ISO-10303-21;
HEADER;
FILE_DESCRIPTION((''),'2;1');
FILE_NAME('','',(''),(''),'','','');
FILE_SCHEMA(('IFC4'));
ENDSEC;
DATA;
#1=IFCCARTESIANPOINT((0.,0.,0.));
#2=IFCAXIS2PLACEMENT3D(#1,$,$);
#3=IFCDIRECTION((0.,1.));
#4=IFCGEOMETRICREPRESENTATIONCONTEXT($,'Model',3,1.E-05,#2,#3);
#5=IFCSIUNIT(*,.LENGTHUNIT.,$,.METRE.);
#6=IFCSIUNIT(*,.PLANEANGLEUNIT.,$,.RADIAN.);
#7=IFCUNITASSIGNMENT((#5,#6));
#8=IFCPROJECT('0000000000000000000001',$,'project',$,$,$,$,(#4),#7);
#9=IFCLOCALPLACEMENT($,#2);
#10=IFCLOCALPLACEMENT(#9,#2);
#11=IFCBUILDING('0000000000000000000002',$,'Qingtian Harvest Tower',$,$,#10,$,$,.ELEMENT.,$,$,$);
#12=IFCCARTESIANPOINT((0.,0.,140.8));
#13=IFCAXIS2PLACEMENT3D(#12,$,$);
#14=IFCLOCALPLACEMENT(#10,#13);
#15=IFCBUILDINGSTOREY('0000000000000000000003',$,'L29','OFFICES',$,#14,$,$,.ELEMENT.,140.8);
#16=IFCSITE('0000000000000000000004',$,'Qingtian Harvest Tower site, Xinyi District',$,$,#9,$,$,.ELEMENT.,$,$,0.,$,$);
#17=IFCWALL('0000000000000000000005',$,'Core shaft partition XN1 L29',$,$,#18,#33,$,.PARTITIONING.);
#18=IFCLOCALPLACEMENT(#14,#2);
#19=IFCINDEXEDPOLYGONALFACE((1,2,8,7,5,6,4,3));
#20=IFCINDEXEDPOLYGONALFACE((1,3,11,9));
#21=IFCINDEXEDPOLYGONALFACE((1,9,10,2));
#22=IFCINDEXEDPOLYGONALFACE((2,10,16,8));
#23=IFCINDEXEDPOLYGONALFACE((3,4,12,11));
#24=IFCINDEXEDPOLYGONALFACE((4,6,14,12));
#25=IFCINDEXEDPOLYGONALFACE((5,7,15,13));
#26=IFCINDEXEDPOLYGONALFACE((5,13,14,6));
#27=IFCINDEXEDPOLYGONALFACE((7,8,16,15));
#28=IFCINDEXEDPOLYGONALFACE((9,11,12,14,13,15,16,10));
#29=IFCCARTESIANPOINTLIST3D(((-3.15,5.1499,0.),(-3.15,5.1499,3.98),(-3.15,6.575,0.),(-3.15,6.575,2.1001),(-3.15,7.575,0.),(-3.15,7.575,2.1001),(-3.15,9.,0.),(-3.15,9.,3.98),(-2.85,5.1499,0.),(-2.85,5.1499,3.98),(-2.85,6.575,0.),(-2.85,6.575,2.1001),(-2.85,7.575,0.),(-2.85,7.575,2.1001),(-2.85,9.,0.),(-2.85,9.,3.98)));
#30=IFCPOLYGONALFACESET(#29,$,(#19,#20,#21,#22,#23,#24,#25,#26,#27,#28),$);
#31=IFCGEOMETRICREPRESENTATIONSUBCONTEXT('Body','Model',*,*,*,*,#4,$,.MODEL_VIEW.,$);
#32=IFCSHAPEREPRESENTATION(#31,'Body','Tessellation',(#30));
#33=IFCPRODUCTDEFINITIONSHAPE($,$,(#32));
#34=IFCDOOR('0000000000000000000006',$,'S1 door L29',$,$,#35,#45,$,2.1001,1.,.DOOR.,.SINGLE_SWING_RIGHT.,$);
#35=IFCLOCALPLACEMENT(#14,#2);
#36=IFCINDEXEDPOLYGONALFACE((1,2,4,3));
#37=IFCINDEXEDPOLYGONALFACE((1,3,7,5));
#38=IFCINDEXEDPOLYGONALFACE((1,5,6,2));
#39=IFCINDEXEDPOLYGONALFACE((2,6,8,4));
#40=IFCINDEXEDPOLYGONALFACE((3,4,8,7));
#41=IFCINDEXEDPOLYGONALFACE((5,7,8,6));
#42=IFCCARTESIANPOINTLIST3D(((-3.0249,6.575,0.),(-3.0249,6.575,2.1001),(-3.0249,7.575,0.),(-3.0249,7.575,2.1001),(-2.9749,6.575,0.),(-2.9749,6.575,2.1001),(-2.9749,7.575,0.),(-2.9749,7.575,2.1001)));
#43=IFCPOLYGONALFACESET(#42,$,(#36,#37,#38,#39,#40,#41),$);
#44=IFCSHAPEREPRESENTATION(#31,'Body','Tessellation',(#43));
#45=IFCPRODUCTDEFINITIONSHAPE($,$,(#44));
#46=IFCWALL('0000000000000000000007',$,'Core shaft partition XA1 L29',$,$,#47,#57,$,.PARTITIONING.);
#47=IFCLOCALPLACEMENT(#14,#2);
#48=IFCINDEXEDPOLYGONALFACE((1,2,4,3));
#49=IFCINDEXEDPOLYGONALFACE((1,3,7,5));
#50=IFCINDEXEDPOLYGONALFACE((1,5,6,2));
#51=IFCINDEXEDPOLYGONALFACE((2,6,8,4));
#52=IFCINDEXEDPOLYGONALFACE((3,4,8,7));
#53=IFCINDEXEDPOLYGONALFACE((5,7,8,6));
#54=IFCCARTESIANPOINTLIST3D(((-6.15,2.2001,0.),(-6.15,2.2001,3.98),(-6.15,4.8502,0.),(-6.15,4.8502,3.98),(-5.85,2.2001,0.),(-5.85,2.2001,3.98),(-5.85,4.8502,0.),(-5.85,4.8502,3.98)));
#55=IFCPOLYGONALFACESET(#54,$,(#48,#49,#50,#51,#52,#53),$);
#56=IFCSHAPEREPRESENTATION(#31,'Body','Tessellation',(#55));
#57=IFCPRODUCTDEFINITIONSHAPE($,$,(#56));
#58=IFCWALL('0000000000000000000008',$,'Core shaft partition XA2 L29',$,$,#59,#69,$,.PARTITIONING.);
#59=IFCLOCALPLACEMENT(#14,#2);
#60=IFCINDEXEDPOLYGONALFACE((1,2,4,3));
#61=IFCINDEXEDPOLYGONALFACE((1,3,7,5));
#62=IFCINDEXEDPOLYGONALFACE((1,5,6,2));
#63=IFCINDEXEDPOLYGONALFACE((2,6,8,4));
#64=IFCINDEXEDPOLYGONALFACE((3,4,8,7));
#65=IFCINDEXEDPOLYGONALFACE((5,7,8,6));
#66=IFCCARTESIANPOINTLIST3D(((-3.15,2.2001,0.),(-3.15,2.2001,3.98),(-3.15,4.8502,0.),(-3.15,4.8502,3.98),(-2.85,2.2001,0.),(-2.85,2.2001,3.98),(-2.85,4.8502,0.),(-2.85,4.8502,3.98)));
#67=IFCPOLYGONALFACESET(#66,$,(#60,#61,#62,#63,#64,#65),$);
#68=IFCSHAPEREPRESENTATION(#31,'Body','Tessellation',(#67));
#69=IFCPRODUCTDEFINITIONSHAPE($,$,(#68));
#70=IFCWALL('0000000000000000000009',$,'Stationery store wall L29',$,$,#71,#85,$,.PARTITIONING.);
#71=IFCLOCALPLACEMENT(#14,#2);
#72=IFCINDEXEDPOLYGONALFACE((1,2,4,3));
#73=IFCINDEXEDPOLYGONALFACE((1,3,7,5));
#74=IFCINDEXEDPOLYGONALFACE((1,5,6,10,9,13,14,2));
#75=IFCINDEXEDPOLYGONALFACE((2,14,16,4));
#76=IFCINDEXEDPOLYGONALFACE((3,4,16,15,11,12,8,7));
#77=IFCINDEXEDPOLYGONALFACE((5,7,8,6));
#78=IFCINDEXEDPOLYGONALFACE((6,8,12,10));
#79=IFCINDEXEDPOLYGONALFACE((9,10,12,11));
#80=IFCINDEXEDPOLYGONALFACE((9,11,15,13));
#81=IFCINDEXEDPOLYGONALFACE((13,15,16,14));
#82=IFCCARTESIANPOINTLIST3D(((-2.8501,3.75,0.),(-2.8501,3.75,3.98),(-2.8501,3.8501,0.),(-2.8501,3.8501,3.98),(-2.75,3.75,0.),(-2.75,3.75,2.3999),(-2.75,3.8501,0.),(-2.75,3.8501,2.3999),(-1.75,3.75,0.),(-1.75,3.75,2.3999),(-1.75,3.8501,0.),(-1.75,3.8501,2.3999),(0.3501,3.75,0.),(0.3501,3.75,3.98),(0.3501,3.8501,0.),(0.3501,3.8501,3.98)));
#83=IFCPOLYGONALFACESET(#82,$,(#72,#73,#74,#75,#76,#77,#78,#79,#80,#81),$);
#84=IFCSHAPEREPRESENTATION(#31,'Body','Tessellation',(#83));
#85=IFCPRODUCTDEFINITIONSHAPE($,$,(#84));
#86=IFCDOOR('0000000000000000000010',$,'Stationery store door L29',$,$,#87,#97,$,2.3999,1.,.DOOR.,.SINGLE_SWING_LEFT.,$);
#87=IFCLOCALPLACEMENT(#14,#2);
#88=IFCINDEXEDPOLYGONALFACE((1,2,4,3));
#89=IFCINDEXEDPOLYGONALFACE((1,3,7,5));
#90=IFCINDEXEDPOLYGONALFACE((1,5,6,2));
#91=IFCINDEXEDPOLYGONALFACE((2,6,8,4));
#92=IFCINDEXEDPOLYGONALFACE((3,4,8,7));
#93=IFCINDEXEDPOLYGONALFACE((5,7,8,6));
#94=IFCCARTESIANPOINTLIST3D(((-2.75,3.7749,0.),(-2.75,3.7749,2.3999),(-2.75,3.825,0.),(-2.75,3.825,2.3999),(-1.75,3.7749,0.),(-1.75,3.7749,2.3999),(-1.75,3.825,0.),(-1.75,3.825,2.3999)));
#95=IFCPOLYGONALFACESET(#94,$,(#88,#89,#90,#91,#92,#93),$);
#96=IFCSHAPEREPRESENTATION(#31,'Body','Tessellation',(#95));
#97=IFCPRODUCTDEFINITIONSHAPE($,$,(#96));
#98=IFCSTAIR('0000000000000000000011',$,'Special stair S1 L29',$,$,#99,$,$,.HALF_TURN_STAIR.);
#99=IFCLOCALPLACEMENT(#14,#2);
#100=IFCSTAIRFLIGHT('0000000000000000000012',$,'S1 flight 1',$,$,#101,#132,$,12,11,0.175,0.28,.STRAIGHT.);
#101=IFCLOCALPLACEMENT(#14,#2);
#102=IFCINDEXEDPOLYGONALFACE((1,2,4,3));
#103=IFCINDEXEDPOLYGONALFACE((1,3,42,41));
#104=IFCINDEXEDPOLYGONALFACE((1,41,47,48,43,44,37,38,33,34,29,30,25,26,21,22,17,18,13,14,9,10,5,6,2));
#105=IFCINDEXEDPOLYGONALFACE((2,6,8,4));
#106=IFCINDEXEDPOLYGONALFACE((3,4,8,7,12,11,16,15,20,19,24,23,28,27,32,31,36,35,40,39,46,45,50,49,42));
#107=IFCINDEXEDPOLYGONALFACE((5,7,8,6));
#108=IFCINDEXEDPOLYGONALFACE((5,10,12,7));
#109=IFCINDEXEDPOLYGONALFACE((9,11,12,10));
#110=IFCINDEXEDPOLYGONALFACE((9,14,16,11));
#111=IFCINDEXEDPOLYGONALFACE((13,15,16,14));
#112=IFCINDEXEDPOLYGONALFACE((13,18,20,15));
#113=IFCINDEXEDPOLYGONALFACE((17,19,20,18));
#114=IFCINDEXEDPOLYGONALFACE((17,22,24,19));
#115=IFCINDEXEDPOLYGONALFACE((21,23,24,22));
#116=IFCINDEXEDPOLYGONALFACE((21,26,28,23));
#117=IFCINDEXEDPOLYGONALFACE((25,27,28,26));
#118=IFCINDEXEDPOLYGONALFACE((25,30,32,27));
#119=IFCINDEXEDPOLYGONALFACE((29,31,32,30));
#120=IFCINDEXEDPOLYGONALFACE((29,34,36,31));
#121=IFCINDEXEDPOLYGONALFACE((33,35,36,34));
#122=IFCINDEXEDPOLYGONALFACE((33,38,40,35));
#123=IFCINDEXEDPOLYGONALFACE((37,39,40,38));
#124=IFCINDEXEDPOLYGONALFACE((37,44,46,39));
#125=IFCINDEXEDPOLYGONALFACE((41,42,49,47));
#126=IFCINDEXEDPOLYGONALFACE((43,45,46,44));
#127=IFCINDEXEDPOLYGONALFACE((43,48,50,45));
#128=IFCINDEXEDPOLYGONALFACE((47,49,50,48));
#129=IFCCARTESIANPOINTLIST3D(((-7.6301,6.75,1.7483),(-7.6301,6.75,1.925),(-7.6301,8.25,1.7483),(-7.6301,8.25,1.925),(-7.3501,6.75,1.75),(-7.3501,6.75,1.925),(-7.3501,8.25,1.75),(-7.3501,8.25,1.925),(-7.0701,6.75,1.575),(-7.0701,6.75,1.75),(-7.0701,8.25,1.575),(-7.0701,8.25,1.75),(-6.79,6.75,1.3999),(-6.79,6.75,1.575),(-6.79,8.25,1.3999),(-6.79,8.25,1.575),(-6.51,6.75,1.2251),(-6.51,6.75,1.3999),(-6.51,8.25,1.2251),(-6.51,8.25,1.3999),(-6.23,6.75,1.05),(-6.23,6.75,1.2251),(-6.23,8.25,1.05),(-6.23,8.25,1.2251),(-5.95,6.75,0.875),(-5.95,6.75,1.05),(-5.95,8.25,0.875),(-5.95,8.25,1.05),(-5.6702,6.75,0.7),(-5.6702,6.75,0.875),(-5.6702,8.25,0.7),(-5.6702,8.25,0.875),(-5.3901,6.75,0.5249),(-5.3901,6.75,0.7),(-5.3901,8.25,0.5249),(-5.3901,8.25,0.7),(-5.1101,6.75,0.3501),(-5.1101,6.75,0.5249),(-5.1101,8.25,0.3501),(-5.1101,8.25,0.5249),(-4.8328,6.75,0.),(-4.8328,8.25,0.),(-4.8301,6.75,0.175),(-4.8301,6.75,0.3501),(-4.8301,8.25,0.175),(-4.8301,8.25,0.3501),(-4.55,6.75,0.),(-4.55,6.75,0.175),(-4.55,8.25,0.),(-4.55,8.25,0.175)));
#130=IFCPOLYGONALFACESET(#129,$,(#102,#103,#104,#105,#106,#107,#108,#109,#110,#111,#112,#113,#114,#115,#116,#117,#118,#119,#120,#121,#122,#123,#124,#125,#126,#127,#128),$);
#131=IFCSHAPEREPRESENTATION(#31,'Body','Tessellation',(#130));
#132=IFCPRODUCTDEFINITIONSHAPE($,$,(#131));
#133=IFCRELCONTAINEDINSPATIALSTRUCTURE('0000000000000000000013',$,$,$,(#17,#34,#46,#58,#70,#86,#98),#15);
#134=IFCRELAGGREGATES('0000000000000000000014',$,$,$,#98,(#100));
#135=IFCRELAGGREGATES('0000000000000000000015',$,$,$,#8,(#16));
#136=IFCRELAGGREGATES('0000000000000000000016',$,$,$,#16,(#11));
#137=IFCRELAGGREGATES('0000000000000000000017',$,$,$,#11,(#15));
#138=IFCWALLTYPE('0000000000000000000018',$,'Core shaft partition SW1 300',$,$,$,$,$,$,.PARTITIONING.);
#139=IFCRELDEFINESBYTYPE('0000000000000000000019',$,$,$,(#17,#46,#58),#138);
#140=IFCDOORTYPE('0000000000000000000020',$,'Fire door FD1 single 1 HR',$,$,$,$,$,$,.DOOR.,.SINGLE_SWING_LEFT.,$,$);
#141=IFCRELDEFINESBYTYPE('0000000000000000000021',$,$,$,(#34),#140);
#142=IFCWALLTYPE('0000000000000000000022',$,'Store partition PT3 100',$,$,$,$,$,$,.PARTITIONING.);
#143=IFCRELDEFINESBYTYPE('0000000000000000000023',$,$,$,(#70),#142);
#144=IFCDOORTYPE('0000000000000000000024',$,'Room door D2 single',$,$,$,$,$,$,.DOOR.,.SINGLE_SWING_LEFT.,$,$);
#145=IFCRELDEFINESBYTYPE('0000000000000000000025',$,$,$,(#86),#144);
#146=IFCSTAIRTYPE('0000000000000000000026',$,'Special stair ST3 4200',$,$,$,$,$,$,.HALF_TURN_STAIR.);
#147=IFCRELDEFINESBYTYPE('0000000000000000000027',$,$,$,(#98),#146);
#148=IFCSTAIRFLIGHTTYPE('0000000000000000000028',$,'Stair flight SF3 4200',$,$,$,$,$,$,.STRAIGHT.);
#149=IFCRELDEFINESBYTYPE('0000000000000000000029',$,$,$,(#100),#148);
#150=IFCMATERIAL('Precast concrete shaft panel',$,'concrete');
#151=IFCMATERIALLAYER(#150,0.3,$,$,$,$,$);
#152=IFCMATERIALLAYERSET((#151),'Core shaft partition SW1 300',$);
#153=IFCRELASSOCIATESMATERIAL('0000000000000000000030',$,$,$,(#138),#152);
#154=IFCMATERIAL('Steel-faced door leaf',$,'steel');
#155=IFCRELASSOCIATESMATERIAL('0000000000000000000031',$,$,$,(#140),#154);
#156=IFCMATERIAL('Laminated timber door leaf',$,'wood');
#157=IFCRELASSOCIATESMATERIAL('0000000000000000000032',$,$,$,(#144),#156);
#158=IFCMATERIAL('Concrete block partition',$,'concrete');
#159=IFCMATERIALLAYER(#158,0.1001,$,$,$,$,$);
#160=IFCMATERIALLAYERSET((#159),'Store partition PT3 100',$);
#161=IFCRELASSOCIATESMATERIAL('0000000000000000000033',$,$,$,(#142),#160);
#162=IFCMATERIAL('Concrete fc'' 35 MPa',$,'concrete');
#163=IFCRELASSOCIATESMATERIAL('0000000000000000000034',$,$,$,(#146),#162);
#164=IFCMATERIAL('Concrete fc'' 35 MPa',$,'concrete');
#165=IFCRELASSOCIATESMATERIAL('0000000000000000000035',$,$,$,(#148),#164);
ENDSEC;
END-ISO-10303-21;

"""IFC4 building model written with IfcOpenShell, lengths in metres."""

from ifc_helpers import new_model, si_unit, direction, frame, frame_2d, origin, place, context, subcontext, project, spatial, polyline, rectangle, outline, extrude, material, layer, layer_set, type_object, element, fill, aggregate, save


model = new_model("IFC4")

# Units and contexts
model_context = context("Model", 3, precision=1e-05, world=origin(), true_north=direction((0.0, 1.0)))
body_context = subcontext(model_context, "Body", "Model", "MODEL_VIEW")
ifc_project = project(units=[si_unit("LENGTHUNIT", "METRE"), si_unit("PLANEANGLEUNIT", "RADIAN")], contexts=[model_context])

# Site, building, storey
site_placement = place(None, origin())
site = spatial("IfcSite", under=ifc_project, at=site_placement, Name="Qingtian Harvest Tower site, Xinyi District", CompositionType="ELEMENT", RefElevation=0.0)
building_placement = place(site_placement, origin())
building = spatial("IfcBuilding", under=site, at=building_placement, Name="Qingtian Harvest Tower", CompositionType="ELEMENT")
storey_placement = place(building_placement, frame((0.0, 0.0, 140.8)))
storey = spatial("IfcBuildingStorey", under=building, at=storey_placement, Name="L29", Description="OFFICES", CompositionType="ELEMENT", Elevation=140.8)

# Wall, opening, door
ifc_material_1 = material(Name="Precast concrete shaft panel", Category="concrete")
ifc_layer_1 = layer(ifc_material_1, 0.3)
ifc_layer_set_1 = layer_set([ifc_layer_1], Name="Core shaft partition SW1 300")
wall_type_1 = type_object("IfcWallType", Name="Core shaft partition SW1 300", PredefinedType="PARTITIONING", material=ifc_layer_set_1)
wall_1_placement = place(storey_placement, frame((-3.0, 5.1499, 0.0), z_axis=(0.0, 0.0, 1.0), x_axis=(0.0, 1.0, 0.0)))
wall_1 = element("IfcWall", 1, at=wall_1_placement, inside=storey, type_object=wall_type_1, Name="Core shaft partition XN1 L29", PredefinedType="PARTITIONING", context=body_context, shape_type="SweptSolid", body=[
    extrude(rectangle(XDim=3.8501, YDim=0.3, at=frame_2d((1.925, 0.0))), origin(), (0.0, 0.0, 1.0), 3.98),
])
opening_1_placement = place(wall_1_placement, frame((1.425, 0.0, 0.0)))
opening_1 = element("IfcOpeningElement", 2, at=opening_1_placement, cuts=wall_1, PredefinedType="OPENING", context=body_context, shape_type="SweptSolid", body=[
    extrude(rectangle(XDim=1.0, YDim=2.1001, at=frame_2d((0.5, 1.05))), frame((0.0, 0.1599, 0.0), z_axis=(0.0, -1.0, 0.0), x_axis=(1.0, 0.0, 0.0)), (0.0, 0.0, 1.0), 0.3201),
])
ifc_material_2 = material(Name="Steel-faced door leaf", Category="steel")
door_type_1 = type_object("IfcDoorType", Name="Fire door FD1 single 1 HR", OperationType="SINGLE_SWING_LEFT", PredefinedType="DOOR", material=ifc_material_2)
door_1_placement = place(opening_1_placement, origin())
door_1 = element("IfcDoor", 3, at=door_1_placement, inside=storey, type_object=door_type_1, Name="S1 door L29", OperationType="SINGLE_SWING_RIGHT", OverallHeight=2.1001, OverallWidth=1.0, PredefinedType="DOOR", context=body_context, shape_type="SweptSolid", body=[
    extrude(rectangle(XDim=1.0, YDim=2.1001, at=frame_2d((0.5, 1.05))), frame((0.0, 0.0249, 0.0), z_axis=(0.0, -1.0, 0.0), x_axis=(1.0, 0.0, 0.0)), (0.0, 0.0, 1.0), 0.05),
])
fill(opening_1, door_1)

# Walls
for number, where, z_axis, x_axis, name in (
    (4, (-6.0, 2.2, 0.0), (0.0, 0.0, 1.0), (0.0, 1.0, 0.0), "Core shaft partition XA1 L29"),
    (5, (-3.0, 2.2, 0.0), (0.0, 0.0, 1.0), (0.0, 1.0, 0.0), "Core shaft partition XA2 L29"),
):
    element("IfcWall", number, at=place(storey_placement, frame(where, z_axis=z_axis, x_axis=x_axis)), inside=storey, type_object=wall_type_1, Name=name, PredefinedType="PARTITIONING", context=body_context, shape_type="SweptSolid", body=[
        extrude(rectangle(XDim=2.6501, YDim=0.3, at=frame_2d((1.3252, 0.0))), origin(), (0.0, 0.0, 1.0), 3.98),
    ])

# Wall, opening, door
ifc_material_3 = material(Name="Laminated timber door leaf", Category="wood")
door_type_2 = type_object("IfcDoorType", Name="Room door D2 single", OperationType="SINGLE_SWING_LEFT", PredefinedType="DOOR", material=ifc_material_3)
ifc_material_4 = material(Name="Concrete block partition", Category="concrete")
ifc_layer_2 = layer(ifc_material_4, 0.1001)
ifc_layer_set_2 = layer_set([ifc_layer_2], Name="Store partition PT3 100")
wall_type_2 = type_object("IfcWallType", Name="Store partition PT3 100", PredefinedType="PARTITIONING", material=ifc_layer_set_2)
wall_2_placement = place(storey_placement, frame((-2.8501, 3.8, 0.0), z_axis=(0.0, 0.0, 1.0), x_axis=(1.0, 0.0, 0.0)))
wall_2 = element("IfcWall", 6, at=wall_2_placement, inside=storey, type_object=wall_type_2, Name="Stationery store wall L29", PredefinedType="PARTITIONING", context=body_context, shape_type="SweptSolid", body=[
    extrude(rectangle(XDim=3.2002, YDim=0.1001, at=frame_2d((1.6001, 0.0))), origin(), (0.0, 0.0, 1.0), 3.98),
])
opening_2_placement = place(wall_2_placement, frame((0.1001, 0.0, 0.0)))
opening_2 = element("IfcOpeningElement", 7, at=opening_2_placement, cuts=wall_2, PredefinedType="OPENING", context=body_context, shape_type="SweptSolid", body=[
    extrude(rectangle(XDim=1.0, YDim=2.3999, at=frame_2d((0.5, 1.2))), frame((0.0, 0.0601, 0.0), z_axis=(0.0, -1.0, 0.0), x_axis=(1.0, 0.0, 0.0)), (0.0, 0.0, 1.0), 0.1201),
])
door_2_placement = place(opening_2_placement, origin())
door_2 = element("IfcDoor", 8, at=door_2_placement, inside=storey, type_object=door_type_2, Name="Stationery store door L29", OperationType="SINGLE_SWING_LEFT", OverallHeight=2.3999, OverallWidth=1.0, PredefinedType="DOOR", context=body_context, shape_type="SweptSolid", body=[
    extrude(rectangle(XDim=1.0, YDim=2.3999, at=frame_2d((0.5, 1.2))), frame((0.0, 0.0249, 0.0), z_axis=(0.0, -1.0, 0.0), x_axis=(1.0, 0.0, 0.0)), (0.0, 0.0, 1.0), 0.05),
])
fill(opening_2, door_2)

# Stair, stair flight
ifc_material_5 = material(Name="Concrete fc' 35 MPa", Category="concrete")
stair_type = type_object("IfcStairType", Name="Special stair ST3 4200", PredefinedType="HALF_TURN_STAIR", material=ifc_material_5)
stair_placement = place(storey_placement, origin())
stair = element("IfcStair", 9, at=stair_placement, inside=storey, type_object=stair_type, Name="Special stair S1 L29", PredefinedType="HALF_TURN_STAIR")
ifc_material_6 = material(Name="Concrete fc' 35 MPa", Category="concrete")
stair_flight_type = type_object("IfcStairFlightType", Name="Stair flight SF3 4200", PredefinedType="STRAIGHT", material=ifc_material_6)
stair_flight_placement = place(storey_placement, frame((-4.55, 7.5, 0.0), z_axis=(0.0, 0.0, 1.0), x_axis=(-1.0, 0.0, 0.0)))
stair_flight = element("IfcStairFlight", 10, at=stair_flight_placement, type_object=stair_flight_type, Name="S1 flight 1", NumberOfRisers=12, NumberOfTreads=11, PredefinedType="STRAIGHT", RiserHeight=0.175, TreadLength=0.28, context=body_context, shape_type="SweptSolid", body=[
    extrude(outline(polyline([(0.0, 0.0), (0.0, 0.175), (0.28, 0.175), (0.28, 0.3501), (0.5601, 0.3501), (0.5601, 0.5249), (0.8401, 0.5249), (0.8401, 0.7), (1.1201, 0.7), (1.1201, 0.875), (1.3999, 0.875), (1.3999, 1.05), (1.6799, 1.05), (1.6799, 1.2251), (1.96, 1.2251), (1.96, 1.3999), (2.24, 1.3999), (2.24, 1.575), (2.52, 1.575), (2.52, 1.75), (2.8, 1.75), (2.8, 1.925), (3.0801, 1.925), (3.0801, 2.1001), (3.0801, 1.7483), (0.2827, 0.0), (0.0, 0.0)])), frame((0.0, 0.75, 0.0), z_axis=(0.0, -1.0, 0.0), x_axis=(1.0, 0.0, 0.0)), (0.0, 0.0, 1.0), 1.5),
])
aggregate(stair, [stair_flight])

save(model, "model.ifc")
